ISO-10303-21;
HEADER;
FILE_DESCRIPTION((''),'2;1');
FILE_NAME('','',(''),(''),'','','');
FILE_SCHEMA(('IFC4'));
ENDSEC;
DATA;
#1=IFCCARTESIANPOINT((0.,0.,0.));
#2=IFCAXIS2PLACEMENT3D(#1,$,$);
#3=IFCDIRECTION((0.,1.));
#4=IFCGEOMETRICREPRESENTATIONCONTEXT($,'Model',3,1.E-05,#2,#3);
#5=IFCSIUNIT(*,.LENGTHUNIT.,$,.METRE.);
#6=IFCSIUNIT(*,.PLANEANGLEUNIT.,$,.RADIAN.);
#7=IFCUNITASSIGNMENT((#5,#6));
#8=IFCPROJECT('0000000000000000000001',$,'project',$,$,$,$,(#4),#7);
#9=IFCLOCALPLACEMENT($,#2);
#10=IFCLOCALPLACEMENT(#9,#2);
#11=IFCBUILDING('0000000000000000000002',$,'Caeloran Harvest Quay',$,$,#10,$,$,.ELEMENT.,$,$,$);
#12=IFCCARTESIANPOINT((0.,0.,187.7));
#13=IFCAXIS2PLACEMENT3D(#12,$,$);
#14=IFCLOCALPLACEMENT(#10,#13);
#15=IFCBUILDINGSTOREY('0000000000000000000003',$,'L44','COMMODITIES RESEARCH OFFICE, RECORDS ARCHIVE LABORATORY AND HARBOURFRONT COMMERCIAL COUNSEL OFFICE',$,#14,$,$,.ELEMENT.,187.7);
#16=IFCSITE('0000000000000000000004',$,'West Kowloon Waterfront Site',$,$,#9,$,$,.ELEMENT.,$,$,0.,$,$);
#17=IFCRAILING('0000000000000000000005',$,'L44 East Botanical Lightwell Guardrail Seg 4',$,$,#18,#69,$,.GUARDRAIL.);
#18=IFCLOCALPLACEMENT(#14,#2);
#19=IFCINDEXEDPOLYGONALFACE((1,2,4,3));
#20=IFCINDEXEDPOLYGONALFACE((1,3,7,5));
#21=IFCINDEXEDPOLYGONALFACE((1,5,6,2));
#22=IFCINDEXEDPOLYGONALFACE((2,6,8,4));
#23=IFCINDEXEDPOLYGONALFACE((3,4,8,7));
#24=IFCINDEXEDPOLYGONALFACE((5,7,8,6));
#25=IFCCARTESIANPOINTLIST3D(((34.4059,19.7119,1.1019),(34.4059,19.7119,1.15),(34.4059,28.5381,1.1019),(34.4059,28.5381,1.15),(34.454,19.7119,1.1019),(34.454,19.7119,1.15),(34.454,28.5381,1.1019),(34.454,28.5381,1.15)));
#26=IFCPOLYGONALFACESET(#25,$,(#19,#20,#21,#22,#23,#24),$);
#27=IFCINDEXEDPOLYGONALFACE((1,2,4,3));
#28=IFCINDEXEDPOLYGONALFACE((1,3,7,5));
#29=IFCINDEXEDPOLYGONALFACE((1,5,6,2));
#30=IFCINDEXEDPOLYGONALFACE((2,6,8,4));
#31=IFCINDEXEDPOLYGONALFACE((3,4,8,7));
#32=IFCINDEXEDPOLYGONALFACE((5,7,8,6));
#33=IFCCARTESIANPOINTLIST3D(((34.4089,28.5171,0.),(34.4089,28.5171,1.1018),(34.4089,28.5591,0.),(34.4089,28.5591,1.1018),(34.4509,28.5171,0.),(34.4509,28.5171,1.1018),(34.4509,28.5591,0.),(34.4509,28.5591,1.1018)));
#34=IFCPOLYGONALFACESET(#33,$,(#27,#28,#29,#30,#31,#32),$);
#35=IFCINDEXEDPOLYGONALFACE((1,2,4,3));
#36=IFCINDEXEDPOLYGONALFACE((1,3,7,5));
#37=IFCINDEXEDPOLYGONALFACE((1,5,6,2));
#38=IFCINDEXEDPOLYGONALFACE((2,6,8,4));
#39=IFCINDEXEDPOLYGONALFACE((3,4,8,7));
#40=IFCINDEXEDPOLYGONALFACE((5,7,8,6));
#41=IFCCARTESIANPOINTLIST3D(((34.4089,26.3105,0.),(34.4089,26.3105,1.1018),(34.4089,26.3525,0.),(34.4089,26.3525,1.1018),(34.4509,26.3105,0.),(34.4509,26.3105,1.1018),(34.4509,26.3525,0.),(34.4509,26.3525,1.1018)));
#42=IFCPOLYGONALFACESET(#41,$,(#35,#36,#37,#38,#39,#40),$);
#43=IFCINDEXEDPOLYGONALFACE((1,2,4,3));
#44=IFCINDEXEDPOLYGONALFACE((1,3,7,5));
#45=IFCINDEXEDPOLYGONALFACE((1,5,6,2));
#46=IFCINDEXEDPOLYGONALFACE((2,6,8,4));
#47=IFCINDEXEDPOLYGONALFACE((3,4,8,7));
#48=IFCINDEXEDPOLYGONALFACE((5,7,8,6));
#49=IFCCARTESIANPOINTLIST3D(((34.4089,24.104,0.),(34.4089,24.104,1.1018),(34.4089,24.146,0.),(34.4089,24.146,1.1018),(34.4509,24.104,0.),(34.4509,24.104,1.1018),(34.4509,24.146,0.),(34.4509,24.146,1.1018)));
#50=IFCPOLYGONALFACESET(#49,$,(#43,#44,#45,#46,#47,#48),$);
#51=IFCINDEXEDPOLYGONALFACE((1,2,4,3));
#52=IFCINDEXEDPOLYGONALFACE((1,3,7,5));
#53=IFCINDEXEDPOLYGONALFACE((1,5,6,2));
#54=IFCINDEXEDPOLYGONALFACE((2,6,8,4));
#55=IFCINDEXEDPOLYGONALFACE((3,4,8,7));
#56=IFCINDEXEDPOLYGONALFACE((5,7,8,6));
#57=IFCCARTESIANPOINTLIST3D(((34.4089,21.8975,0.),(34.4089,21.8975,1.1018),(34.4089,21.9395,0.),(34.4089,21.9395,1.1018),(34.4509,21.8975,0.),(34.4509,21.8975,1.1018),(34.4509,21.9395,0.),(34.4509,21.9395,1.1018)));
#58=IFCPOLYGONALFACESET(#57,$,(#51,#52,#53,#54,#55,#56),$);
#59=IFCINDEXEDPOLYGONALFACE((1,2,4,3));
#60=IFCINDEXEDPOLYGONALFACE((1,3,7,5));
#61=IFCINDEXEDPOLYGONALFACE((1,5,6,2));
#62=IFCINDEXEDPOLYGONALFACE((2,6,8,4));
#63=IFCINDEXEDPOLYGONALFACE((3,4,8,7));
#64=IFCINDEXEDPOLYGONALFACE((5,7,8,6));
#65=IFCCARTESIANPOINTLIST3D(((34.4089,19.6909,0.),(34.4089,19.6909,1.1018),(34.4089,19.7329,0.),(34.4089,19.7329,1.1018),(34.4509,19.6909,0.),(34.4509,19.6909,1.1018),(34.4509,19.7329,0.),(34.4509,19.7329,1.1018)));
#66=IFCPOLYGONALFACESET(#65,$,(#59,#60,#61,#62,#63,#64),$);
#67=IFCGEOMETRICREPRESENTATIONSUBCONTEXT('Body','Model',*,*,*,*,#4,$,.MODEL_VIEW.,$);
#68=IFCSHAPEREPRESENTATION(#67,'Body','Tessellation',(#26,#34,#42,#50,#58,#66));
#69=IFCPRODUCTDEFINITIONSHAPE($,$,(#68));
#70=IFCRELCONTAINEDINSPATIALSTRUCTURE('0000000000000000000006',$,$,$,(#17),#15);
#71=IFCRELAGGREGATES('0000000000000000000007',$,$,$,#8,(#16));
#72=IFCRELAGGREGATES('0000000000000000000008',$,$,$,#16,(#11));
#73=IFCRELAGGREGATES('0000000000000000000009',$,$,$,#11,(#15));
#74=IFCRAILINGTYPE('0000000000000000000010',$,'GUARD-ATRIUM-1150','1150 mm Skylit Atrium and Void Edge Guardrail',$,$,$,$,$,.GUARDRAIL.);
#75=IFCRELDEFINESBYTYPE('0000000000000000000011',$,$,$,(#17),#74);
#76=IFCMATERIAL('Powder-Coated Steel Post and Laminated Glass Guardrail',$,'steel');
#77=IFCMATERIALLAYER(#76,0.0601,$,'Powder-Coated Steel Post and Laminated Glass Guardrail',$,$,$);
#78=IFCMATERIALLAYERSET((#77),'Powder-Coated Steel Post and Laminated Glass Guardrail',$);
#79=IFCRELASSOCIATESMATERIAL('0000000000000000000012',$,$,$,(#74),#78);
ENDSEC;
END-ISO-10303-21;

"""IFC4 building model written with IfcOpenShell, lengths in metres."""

from ifc_helpers import new_model, si_unit, direction, frame, origin, origin_2d, place, context, subcontext, project, spatial, rectangle, extrude, material, layer, layer_set, type_object, element, save


model = new_model("IFC4")

# Units and contexts
model_context = context("Model", 3, precision=1e-05, world=origin(), true_north=direction((0.0, 1.0)))
body_context = subcontext(model_context, "Body", "Model", "MODEL_VIEW")
ifc_project = project(units=[si_unit("LENGTHUNIT", "METRE"), si_unit("PLANEANGLEUNIT", "RADIAN")], contexts=[model_context])

# Site, building, storey
site_placement = place(None, origin())
site = spatial("IfcSite", under=ifc_project, at=site_placement, Name="West Kowloon Waterfront Site", CompositionType="ELEMENT", RefElevation=0.0)
building_placement = place(site_placement, origin())
building = spatial("IfcBuilding", under=site, at=building_placement, Name="Caeloran Harvest Quay", CompositionType="ELEMENT")
storey_placement = place(building_placement, frame((0.0, 0.0, 187.7)))
storey = spatial("IfcBuildingStorey", under=building, at=storey_placement, Name="L44", Description="COMMODITIES RESEARCH OFFICE, RECORDS ARCHIVE LABORATORY AND HARBOURFRONT COMMERCIAL COUNSEL OFFICE", CompositionType="ELEMENT", Elevation=187.7)

# Railing
ifc_material_1 = material(Name="Powder-Coated Steel Post and Laminated Glass Guardrail", Category="steel")
ifc_layer_1 = layer(ifc_material_1, 0.0601, Name="Powder-Coated Steel Post and Laminated Glass Guardrail")
ifc_layer_set_1 = layer_set([ifc_layer_1], Name="Powder-Coated Steel Post and Laminated Glass Guardrail")
railing_type = type_object("IfcRailingType", Name="GUARD-ATRIUM-1150", Description="1150 mm Skylit Atrium and Void Edge Guardrail", PredefinedType="GUARDRAIL", material=ifc_layer_set_1)
railing_1_placement = place(storey_placement, frame((34.4299, 28.5381, 0.0)))
element("IfcRailing", 1, at=railing_1_placement, inside=storey, type_object=railing_type, Name="L44 East Botanical Lightwell Guardrail Seg 4", PredefinedType="GUARDRAIL", context=body_context, shape_type="SweptSolid", body=[
    extrude(rectangle(XDim=0.0481, YDim=0.0481, at=origin_2d()), frame((0.0, 0.0, 1.126), z_axis=(0.0, -1.0, 0.0), x_axis=(1.0, 0.0, 0.0)), (0.0, 0.0, 1.0), 8.8262),
    extrude(rectangle(XDim=0.042, YDim=0.042, at=origin_2d()), origin(), (0.0, 0.0, 1.0), 1.1018),
    extrude(rectangle(XDim=0.042, YDim=0.042, at=origin_2d()), frame((0.0, -2.2065, 0.0)), (0.0, 0.0, 1.0), 1.1018),
    extrude(rectangle(XDim=0.042, YDim=0.042, at=origin_2d()), frame((0.0, -4.4131, 0.0)), (0.0, 0.0, 1.0), 1.1018),
    extrude(rectangle(XDim=0.042, YDim=0.042, at=origin_2d()), frame((0.0, -6.6196, 0.0)), (0.0, 0.0, 1.0), 1.1018),
    extrude(rectangle(XDim=0.042, YDim=0.042, at=origin_2d()), frame((0.0, -8.8262, 0.0)), (0.0, 0.0, 1.0), 1.1018),
])

save(model, "model.ifc")
